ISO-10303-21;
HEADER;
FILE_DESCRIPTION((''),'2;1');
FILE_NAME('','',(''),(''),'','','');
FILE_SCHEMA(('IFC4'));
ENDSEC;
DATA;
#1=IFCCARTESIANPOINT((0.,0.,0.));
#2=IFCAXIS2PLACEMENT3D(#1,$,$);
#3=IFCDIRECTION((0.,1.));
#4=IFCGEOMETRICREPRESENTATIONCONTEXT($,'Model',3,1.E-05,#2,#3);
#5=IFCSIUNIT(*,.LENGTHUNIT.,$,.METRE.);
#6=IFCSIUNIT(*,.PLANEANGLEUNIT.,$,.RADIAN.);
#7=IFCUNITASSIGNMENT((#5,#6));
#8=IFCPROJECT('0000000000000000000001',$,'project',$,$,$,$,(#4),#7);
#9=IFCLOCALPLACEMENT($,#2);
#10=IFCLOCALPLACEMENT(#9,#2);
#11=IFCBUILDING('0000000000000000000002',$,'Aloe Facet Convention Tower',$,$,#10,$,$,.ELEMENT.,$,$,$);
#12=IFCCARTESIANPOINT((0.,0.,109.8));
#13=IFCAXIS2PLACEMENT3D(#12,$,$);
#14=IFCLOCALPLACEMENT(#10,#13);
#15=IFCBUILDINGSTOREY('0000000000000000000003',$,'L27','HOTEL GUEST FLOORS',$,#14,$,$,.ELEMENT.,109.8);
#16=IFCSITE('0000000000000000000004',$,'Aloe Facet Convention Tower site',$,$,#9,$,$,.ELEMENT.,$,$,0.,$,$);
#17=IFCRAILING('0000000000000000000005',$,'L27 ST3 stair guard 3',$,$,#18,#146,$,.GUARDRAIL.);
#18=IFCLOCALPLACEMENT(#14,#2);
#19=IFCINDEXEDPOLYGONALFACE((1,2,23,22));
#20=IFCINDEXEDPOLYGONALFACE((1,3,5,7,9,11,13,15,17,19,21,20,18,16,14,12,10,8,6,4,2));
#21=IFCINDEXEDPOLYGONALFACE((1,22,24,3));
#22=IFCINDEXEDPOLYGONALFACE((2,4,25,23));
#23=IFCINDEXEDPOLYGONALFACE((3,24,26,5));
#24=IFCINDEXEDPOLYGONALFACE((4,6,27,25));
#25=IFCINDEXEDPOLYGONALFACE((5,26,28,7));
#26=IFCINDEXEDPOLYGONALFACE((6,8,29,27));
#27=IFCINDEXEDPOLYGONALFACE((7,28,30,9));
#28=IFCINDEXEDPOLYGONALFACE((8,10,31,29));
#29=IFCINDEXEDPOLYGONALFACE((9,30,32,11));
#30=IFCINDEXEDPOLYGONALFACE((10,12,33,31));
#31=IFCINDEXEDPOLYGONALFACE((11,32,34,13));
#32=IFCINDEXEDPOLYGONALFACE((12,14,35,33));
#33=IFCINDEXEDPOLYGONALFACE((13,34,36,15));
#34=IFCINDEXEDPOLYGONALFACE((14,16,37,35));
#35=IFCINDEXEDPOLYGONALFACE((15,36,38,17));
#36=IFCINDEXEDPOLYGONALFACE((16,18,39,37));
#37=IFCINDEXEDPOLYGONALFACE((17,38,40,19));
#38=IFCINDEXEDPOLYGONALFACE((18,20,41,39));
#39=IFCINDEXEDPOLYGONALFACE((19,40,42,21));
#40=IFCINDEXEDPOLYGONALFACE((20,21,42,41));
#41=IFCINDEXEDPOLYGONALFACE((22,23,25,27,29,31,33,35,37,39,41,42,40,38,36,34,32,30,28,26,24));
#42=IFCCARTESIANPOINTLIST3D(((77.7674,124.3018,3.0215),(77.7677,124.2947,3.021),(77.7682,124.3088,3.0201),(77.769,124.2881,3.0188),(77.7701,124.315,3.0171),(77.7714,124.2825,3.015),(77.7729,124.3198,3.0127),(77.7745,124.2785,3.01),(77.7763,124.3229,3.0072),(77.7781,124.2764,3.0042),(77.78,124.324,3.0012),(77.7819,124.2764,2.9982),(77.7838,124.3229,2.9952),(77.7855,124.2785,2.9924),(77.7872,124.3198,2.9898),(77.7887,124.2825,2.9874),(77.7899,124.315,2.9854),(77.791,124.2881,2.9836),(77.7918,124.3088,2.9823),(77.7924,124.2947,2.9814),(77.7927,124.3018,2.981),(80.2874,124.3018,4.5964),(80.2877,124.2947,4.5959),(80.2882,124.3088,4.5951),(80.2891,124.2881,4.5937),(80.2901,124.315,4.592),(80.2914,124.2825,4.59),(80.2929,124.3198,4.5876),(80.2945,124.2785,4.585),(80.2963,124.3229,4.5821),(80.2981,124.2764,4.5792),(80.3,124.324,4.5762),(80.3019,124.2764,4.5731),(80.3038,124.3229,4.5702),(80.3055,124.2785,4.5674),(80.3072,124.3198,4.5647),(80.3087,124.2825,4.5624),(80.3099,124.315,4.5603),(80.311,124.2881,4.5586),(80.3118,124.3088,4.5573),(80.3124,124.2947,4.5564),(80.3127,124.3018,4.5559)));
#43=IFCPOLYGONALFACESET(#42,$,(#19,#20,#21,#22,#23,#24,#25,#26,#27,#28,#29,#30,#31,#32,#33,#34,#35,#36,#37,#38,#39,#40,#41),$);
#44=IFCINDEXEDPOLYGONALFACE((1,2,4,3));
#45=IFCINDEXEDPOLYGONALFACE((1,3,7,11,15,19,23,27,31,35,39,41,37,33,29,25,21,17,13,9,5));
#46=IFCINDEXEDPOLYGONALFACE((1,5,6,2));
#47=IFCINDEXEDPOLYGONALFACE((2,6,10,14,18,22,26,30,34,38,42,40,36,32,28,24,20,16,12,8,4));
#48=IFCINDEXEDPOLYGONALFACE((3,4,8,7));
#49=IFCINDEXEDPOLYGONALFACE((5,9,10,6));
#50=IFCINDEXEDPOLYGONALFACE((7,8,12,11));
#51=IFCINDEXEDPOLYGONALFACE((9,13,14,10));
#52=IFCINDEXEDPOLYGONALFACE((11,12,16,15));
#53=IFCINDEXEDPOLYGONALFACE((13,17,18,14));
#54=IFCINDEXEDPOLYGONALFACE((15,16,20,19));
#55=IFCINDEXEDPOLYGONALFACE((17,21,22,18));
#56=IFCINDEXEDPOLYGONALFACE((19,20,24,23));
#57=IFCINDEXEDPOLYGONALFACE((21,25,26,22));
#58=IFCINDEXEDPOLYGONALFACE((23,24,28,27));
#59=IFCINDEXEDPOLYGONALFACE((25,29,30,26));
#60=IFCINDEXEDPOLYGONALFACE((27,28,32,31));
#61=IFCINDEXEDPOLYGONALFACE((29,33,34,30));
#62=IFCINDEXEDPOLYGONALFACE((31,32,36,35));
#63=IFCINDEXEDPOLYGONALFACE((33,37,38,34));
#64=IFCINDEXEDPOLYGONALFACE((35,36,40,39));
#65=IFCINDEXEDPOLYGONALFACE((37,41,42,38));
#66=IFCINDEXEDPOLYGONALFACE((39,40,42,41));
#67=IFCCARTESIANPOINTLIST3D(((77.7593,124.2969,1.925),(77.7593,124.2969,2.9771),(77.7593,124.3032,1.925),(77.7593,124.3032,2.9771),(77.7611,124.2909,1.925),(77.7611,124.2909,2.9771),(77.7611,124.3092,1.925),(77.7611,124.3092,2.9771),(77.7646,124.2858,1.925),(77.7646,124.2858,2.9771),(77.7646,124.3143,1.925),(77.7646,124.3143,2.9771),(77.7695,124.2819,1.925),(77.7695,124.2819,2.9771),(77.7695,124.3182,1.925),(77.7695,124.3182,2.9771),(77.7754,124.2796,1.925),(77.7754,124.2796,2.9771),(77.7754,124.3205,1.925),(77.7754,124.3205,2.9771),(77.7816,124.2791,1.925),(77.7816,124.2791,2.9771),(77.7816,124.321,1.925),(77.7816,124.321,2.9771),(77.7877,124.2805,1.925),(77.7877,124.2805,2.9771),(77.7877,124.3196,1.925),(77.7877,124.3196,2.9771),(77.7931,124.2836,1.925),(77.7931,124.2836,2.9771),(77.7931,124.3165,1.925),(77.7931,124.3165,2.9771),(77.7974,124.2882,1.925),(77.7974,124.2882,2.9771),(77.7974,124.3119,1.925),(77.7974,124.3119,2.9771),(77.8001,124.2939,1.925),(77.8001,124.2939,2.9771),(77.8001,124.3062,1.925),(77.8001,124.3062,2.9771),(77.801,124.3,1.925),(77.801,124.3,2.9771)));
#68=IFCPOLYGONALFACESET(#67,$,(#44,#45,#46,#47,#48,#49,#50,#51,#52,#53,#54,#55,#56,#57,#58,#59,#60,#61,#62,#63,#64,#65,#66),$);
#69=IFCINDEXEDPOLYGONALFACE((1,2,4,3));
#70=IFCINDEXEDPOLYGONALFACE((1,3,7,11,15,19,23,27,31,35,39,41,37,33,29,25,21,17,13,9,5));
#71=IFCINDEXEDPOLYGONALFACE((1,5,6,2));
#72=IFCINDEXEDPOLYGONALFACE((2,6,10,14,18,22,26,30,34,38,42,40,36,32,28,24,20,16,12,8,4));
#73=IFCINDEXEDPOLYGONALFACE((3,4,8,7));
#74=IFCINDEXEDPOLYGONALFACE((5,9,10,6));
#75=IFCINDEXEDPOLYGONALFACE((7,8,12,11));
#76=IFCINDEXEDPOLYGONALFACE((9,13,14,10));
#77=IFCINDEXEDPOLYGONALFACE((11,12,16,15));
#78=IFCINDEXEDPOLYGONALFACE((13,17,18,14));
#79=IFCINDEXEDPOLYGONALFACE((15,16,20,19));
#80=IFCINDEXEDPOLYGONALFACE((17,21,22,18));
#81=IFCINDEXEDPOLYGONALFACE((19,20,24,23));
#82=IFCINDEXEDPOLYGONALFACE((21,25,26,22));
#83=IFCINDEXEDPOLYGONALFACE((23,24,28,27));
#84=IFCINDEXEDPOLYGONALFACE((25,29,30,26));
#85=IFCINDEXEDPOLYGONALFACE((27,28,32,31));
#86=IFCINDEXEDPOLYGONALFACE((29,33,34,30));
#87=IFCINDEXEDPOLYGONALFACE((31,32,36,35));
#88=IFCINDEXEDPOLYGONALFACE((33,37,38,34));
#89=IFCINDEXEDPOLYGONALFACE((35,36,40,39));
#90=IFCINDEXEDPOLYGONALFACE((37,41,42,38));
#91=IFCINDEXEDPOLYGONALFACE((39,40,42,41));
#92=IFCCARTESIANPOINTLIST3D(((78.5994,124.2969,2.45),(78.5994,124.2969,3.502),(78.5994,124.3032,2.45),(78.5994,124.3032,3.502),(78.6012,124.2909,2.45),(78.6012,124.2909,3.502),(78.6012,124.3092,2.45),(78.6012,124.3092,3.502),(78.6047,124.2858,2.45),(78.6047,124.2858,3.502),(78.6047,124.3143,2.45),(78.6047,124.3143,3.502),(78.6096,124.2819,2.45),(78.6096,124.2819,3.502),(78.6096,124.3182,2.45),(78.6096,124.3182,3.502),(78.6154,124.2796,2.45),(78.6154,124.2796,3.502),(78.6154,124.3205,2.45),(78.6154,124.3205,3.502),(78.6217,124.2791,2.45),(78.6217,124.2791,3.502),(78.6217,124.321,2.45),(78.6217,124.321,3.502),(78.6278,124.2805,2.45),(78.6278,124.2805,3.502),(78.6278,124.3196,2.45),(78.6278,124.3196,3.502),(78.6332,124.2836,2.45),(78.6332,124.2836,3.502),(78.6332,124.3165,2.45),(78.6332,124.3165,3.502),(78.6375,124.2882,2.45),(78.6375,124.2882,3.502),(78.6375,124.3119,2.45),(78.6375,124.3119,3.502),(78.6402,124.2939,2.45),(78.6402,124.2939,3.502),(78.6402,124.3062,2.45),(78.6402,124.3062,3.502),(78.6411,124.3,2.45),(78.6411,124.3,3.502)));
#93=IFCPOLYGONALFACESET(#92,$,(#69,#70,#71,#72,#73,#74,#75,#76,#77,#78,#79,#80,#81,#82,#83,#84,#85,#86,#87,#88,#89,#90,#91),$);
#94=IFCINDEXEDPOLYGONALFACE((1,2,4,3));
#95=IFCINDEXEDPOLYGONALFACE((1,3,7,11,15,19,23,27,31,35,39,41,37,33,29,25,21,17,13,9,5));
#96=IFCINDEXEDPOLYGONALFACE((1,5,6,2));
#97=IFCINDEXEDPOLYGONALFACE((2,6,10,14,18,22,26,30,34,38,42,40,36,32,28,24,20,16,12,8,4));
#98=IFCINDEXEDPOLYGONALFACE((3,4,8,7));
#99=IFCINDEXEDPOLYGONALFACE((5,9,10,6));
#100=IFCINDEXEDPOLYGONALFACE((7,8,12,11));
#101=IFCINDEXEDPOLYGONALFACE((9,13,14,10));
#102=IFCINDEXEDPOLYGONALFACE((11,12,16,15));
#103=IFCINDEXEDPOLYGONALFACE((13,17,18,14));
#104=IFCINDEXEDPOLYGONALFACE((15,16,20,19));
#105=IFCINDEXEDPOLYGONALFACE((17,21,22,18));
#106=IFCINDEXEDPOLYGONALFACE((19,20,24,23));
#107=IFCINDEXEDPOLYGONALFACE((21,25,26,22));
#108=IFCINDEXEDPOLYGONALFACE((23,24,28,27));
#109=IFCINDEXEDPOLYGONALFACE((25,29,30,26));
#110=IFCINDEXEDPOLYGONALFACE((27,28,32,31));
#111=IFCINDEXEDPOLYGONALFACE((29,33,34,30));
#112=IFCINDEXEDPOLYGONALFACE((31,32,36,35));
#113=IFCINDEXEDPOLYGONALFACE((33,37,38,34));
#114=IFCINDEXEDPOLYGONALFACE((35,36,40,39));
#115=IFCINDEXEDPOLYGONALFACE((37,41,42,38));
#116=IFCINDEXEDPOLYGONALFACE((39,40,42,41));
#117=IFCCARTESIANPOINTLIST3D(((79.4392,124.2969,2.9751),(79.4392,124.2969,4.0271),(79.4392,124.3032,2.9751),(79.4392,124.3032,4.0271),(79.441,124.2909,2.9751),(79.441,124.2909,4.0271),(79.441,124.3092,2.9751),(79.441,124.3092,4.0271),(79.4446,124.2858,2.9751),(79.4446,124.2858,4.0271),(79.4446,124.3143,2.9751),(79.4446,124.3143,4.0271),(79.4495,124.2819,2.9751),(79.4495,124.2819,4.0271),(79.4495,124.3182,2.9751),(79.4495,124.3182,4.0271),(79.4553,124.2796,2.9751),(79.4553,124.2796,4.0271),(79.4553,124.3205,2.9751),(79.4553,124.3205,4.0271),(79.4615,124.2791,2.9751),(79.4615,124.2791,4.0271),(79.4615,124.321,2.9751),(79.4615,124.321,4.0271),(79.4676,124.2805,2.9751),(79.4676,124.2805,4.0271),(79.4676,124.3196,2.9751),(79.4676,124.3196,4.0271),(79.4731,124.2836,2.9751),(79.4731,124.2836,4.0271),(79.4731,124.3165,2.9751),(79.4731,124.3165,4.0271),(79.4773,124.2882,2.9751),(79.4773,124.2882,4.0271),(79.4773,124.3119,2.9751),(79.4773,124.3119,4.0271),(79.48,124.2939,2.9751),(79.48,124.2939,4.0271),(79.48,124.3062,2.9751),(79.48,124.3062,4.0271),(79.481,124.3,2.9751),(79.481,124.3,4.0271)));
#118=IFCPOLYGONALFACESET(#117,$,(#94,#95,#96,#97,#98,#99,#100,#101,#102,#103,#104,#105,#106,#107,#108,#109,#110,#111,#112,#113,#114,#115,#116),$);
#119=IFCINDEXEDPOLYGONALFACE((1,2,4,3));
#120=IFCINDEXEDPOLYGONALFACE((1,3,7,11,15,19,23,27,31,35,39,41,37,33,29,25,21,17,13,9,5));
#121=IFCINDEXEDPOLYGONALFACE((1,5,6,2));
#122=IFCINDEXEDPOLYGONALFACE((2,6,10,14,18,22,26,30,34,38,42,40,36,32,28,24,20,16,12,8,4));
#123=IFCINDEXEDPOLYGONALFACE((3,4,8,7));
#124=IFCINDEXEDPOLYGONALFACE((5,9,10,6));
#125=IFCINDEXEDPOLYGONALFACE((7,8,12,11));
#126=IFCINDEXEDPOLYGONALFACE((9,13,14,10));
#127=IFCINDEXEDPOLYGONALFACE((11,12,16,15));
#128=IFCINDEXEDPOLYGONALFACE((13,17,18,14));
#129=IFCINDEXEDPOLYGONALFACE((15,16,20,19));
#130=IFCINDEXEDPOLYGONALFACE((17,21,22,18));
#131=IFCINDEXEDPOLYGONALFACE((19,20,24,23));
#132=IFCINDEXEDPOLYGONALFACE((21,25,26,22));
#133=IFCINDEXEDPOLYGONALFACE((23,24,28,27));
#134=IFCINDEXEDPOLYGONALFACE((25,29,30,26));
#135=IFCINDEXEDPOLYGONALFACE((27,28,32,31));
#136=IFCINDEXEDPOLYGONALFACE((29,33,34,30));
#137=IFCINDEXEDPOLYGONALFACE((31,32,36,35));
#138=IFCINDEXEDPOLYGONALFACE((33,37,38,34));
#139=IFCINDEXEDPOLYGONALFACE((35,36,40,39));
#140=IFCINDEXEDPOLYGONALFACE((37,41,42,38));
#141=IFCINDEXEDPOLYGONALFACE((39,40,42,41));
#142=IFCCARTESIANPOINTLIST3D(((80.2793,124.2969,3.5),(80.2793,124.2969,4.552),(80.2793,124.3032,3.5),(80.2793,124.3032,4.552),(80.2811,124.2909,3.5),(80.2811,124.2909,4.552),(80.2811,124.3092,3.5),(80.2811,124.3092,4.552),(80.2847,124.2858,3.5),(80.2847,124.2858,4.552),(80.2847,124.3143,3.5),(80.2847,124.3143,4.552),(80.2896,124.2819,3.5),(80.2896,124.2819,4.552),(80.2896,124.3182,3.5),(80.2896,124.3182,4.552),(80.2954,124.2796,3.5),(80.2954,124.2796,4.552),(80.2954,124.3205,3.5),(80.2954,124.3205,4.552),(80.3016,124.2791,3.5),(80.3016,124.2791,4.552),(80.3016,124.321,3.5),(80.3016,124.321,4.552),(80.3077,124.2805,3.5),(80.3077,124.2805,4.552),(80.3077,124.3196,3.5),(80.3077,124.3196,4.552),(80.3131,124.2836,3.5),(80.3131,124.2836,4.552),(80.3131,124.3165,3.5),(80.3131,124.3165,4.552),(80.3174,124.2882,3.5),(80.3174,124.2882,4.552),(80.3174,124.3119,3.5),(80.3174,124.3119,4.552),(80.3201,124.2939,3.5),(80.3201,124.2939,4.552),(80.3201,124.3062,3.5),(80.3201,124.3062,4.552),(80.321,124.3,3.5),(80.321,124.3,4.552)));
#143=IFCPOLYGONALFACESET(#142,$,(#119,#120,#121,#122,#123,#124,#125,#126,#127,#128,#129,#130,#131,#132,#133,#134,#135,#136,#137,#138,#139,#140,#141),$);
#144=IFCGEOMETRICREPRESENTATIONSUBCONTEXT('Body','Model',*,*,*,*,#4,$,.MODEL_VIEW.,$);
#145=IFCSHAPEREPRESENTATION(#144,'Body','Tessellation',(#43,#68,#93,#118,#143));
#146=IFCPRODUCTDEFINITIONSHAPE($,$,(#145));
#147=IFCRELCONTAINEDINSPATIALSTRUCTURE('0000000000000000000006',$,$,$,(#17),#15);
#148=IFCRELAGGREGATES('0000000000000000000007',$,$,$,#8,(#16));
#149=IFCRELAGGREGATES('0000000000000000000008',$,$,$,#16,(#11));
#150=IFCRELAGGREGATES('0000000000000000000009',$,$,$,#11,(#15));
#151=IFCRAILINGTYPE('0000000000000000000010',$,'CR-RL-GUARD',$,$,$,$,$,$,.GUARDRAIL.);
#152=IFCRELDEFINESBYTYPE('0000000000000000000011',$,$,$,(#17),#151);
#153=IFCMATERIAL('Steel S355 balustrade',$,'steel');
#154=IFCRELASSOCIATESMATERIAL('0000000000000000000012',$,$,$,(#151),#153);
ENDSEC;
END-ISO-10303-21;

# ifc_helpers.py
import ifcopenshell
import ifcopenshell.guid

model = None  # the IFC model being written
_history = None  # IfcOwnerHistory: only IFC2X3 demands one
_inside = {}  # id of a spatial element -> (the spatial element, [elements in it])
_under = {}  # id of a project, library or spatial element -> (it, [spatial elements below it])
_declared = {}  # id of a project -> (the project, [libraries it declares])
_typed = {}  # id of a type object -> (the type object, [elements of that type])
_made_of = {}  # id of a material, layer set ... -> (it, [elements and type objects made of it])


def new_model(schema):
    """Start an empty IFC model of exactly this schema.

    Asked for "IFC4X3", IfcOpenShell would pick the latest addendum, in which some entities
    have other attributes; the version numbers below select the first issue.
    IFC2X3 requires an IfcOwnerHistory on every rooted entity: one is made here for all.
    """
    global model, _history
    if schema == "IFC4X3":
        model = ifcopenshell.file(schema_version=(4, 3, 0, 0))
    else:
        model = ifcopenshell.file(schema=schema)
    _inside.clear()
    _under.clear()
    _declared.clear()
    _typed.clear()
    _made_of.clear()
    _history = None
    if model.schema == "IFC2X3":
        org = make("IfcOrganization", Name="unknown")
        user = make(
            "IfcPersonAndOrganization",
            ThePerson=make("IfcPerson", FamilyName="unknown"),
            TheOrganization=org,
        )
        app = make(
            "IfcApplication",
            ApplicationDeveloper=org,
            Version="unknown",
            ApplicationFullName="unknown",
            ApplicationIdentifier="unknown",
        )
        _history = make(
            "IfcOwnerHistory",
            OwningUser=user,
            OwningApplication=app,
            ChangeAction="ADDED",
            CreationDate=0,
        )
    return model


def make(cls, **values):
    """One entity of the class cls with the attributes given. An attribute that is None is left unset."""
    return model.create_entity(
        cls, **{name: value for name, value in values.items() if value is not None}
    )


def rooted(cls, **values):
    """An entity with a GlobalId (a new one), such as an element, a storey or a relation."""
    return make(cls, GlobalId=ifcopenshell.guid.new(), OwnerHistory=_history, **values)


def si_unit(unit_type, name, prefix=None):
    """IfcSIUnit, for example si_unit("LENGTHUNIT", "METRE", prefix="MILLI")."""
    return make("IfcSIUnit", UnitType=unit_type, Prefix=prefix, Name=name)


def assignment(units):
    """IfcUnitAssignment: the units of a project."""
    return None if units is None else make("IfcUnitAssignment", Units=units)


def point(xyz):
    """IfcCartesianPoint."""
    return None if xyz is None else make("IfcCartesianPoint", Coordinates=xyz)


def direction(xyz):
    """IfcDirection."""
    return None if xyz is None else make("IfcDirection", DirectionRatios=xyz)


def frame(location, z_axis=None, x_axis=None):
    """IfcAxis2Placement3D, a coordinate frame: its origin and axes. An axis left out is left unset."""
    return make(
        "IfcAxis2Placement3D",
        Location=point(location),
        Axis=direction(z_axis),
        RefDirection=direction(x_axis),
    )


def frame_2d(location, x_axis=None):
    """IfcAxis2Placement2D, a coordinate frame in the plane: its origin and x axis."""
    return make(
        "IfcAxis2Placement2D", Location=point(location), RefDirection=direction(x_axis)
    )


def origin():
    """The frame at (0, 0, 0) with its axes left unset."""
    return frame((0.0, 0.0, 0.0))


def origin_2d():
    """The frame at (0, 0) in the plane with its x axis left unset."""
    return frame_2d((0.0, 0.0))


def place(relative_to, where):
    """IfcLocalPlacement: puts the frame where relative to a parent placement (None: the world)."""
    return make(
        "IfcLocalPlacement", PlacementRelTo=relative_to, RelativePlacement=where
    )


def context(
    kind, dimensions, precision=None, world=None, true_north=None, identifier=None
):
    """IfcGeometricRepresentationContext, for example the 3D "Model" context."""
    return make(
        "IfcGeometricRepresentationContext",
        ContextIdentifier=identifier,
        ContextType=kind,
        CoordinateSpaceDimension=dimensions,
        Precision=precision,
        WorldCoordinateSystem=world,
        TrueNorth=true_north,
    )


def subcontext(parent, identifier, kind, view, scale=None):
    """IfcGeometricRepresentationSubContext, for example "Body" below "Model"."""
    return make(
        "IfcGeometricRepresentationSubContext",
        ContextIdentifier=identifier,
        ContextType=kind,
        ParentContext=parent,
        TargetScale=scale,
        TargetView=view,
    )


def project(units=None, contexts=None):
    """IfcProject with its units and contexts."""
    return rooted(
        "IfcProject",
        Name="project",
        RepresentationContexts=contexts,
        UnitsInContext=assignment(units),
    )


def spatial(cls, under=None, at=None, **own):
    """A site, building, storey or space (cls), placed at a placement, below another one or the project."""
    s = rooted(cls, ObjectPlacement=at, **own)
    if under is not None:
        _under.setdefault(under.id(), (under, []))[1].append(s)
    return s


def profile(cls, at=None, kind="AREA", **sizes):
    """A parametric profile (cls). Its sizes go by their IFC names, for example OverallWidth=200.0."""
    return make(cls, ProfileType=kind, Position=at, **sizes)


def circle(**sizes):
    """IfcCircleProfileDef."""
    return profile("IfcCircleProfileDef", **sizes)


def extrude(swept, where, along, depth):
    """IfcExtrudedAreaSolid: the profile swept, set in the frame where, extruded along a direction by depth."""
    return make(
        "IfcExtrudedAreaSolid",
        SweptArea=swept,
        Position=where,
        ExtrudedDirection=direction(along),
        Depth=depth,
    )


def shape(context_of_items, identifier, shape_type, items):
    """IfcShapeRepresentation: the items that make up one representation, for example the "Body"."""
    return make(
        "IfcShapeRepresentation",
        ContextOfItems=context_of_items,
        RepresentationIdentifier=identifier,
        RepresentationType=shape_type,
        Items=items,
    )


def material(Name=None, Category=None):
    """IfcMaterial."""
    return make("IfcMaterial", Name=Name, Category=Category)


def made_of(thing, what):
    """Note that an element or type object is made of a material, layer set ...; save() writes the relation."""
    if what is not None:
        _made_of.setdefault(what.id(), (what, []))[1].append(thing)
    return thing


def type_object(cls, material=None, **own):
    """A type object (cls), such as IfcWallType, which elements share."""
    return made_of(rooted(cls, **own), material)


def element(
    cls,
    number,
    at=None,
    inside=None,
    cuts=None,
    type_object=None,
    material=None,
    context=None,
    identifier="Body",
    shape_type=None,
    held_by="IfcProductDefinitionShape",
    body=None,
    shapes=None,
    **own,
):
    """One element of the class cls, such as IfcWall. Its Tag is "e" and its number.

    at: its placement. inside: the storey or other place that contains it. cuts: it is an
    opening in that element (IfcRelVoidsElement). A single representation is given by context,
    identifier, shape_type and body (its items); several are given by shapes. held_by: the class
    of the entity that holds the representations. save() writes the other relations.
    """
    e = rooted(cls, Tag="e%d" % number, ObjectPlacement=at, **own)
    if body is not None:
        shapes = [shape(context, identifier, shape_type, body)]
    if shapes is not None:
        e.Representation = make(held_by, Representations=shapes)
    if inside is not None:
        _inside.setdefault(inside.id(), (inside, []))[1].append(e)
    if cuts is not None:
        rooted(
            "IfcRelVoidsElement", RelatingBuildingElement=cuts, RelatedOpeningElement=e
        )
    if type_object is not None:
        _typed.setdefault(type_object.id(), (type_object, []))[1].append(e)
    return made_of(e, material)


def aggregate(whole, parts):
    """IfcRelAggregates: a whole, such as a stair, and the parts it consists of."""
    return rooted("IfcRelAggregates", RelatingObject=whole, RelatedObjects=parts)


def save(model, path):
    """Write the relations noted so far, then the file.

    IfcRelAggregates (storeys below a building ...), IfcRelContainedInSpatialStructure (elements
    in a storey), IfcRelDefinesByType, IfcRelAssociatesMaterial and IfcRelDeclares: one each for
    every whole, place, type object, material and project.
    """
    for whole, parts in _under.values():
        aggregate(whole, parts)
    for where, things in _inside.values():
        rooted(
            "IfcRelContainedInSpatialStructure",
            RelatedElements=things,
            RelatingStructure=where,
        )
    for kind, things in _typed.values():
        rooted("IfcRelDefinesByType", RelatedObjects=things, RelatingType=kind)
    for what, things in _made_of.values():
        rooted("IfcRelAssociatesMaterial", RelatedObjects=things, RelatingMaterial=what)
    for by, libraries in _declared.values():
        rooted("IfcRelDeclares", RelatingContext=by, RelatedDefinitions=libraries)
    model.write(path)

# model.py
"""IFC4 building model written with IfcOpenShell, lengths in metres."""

from ifc_helpers import new_model, si_unit, direction, frame, origin, origin_2d, place, context, subcontext, project, spatial, circle, extrude, material, type_object, element, save


model = new_model("IFC4")

# Units and contexts
model_context = context("Model", 3, precision=1e-05, world=origin(), true_north=direction((0.0, 1.0)))
body_context = subcontext(model_context, "Body", "Model", "MODEL_VIEW")
ifc_project = project(units=[si_unit("LENGTHUNIT", "METRE"), si_unit("PLANEANGLEUNIT", "RADIAN")], contexts=[model_context])

# Site, building, storey
site_placement = place(None, origin())
site = spatial("IfcSite", under=ifc_project, at=site_placement, Name="Aloe Facet Convention Tower site", CompositionType="ELEMENT", RefElevation=0.0)
building_placement = place(site_placement, origin())
building = spatial("IfcBuilding", under=site, at=building_placement, Name="Aloe Facet Convention Tower", CompositionType="ELEMENT")
storey_placement = place(building_placement, frame((0.0, 0.0, 109.8)))
storey = spatial("IfcBuildingStorey", under=building, at=storey_placement, Name="L27", Description="HOTEL GUEST FLOORS", CompositionType="ELEMENT", Elevation=109.8)

# Railing
ifc_material_1 = material(Name="Steel S355 balustrade", Category="steel")
railing_type_1 = type_object("IfcRailingType", Name="CR-RL-GUARD", PredefinedType="GUARDRAIL", material=ifc_material_1)
railing_1_placement = place(storey_placement, frame((77.78, 124.3, 1.925)))
element("IfcRailing", 1, at=railing_1_placement, inside=storey, type_object=railing_type_1, Name="L27 ST3 stair guard 3", PredefinedType="GUARDRAIL", context=body_context, shape_type="SweptSolid", body=[
    extrude(circle(Radius=0.0239, at=origin_2d()), frame((0.0, 0.0, 1.0762), z_axis=(0.848008, 0.0, 0.529984), x_axis=(0.0, 1.0, 0.0)), (0.0, 0.0, 1.0), 2.9717),
    extrude(circle(Radius=0.021, at=origin_2d()), origin(), (0.0, 0.0, 1.0), 1.052),
    extrude(circle(Radius=0.021, at=origin_2d()), frame((0.8401, 0.0, 0.5249)), (0.0, 0.0, 1.0), 1.052),
    extrude(circle(Radius=0.021, at=origin_2d()), frame((1.6799, 0.0, 1.05)), (0.0, 0.0, 1.0), 1.052),
    extrude(circle(Radius=0.021, at=origin_2d()), frame((2.52, 0.0, 1.575)), (0.0, 0.0, 1.0), 1.052),
])

save(model, "model.ifc")
